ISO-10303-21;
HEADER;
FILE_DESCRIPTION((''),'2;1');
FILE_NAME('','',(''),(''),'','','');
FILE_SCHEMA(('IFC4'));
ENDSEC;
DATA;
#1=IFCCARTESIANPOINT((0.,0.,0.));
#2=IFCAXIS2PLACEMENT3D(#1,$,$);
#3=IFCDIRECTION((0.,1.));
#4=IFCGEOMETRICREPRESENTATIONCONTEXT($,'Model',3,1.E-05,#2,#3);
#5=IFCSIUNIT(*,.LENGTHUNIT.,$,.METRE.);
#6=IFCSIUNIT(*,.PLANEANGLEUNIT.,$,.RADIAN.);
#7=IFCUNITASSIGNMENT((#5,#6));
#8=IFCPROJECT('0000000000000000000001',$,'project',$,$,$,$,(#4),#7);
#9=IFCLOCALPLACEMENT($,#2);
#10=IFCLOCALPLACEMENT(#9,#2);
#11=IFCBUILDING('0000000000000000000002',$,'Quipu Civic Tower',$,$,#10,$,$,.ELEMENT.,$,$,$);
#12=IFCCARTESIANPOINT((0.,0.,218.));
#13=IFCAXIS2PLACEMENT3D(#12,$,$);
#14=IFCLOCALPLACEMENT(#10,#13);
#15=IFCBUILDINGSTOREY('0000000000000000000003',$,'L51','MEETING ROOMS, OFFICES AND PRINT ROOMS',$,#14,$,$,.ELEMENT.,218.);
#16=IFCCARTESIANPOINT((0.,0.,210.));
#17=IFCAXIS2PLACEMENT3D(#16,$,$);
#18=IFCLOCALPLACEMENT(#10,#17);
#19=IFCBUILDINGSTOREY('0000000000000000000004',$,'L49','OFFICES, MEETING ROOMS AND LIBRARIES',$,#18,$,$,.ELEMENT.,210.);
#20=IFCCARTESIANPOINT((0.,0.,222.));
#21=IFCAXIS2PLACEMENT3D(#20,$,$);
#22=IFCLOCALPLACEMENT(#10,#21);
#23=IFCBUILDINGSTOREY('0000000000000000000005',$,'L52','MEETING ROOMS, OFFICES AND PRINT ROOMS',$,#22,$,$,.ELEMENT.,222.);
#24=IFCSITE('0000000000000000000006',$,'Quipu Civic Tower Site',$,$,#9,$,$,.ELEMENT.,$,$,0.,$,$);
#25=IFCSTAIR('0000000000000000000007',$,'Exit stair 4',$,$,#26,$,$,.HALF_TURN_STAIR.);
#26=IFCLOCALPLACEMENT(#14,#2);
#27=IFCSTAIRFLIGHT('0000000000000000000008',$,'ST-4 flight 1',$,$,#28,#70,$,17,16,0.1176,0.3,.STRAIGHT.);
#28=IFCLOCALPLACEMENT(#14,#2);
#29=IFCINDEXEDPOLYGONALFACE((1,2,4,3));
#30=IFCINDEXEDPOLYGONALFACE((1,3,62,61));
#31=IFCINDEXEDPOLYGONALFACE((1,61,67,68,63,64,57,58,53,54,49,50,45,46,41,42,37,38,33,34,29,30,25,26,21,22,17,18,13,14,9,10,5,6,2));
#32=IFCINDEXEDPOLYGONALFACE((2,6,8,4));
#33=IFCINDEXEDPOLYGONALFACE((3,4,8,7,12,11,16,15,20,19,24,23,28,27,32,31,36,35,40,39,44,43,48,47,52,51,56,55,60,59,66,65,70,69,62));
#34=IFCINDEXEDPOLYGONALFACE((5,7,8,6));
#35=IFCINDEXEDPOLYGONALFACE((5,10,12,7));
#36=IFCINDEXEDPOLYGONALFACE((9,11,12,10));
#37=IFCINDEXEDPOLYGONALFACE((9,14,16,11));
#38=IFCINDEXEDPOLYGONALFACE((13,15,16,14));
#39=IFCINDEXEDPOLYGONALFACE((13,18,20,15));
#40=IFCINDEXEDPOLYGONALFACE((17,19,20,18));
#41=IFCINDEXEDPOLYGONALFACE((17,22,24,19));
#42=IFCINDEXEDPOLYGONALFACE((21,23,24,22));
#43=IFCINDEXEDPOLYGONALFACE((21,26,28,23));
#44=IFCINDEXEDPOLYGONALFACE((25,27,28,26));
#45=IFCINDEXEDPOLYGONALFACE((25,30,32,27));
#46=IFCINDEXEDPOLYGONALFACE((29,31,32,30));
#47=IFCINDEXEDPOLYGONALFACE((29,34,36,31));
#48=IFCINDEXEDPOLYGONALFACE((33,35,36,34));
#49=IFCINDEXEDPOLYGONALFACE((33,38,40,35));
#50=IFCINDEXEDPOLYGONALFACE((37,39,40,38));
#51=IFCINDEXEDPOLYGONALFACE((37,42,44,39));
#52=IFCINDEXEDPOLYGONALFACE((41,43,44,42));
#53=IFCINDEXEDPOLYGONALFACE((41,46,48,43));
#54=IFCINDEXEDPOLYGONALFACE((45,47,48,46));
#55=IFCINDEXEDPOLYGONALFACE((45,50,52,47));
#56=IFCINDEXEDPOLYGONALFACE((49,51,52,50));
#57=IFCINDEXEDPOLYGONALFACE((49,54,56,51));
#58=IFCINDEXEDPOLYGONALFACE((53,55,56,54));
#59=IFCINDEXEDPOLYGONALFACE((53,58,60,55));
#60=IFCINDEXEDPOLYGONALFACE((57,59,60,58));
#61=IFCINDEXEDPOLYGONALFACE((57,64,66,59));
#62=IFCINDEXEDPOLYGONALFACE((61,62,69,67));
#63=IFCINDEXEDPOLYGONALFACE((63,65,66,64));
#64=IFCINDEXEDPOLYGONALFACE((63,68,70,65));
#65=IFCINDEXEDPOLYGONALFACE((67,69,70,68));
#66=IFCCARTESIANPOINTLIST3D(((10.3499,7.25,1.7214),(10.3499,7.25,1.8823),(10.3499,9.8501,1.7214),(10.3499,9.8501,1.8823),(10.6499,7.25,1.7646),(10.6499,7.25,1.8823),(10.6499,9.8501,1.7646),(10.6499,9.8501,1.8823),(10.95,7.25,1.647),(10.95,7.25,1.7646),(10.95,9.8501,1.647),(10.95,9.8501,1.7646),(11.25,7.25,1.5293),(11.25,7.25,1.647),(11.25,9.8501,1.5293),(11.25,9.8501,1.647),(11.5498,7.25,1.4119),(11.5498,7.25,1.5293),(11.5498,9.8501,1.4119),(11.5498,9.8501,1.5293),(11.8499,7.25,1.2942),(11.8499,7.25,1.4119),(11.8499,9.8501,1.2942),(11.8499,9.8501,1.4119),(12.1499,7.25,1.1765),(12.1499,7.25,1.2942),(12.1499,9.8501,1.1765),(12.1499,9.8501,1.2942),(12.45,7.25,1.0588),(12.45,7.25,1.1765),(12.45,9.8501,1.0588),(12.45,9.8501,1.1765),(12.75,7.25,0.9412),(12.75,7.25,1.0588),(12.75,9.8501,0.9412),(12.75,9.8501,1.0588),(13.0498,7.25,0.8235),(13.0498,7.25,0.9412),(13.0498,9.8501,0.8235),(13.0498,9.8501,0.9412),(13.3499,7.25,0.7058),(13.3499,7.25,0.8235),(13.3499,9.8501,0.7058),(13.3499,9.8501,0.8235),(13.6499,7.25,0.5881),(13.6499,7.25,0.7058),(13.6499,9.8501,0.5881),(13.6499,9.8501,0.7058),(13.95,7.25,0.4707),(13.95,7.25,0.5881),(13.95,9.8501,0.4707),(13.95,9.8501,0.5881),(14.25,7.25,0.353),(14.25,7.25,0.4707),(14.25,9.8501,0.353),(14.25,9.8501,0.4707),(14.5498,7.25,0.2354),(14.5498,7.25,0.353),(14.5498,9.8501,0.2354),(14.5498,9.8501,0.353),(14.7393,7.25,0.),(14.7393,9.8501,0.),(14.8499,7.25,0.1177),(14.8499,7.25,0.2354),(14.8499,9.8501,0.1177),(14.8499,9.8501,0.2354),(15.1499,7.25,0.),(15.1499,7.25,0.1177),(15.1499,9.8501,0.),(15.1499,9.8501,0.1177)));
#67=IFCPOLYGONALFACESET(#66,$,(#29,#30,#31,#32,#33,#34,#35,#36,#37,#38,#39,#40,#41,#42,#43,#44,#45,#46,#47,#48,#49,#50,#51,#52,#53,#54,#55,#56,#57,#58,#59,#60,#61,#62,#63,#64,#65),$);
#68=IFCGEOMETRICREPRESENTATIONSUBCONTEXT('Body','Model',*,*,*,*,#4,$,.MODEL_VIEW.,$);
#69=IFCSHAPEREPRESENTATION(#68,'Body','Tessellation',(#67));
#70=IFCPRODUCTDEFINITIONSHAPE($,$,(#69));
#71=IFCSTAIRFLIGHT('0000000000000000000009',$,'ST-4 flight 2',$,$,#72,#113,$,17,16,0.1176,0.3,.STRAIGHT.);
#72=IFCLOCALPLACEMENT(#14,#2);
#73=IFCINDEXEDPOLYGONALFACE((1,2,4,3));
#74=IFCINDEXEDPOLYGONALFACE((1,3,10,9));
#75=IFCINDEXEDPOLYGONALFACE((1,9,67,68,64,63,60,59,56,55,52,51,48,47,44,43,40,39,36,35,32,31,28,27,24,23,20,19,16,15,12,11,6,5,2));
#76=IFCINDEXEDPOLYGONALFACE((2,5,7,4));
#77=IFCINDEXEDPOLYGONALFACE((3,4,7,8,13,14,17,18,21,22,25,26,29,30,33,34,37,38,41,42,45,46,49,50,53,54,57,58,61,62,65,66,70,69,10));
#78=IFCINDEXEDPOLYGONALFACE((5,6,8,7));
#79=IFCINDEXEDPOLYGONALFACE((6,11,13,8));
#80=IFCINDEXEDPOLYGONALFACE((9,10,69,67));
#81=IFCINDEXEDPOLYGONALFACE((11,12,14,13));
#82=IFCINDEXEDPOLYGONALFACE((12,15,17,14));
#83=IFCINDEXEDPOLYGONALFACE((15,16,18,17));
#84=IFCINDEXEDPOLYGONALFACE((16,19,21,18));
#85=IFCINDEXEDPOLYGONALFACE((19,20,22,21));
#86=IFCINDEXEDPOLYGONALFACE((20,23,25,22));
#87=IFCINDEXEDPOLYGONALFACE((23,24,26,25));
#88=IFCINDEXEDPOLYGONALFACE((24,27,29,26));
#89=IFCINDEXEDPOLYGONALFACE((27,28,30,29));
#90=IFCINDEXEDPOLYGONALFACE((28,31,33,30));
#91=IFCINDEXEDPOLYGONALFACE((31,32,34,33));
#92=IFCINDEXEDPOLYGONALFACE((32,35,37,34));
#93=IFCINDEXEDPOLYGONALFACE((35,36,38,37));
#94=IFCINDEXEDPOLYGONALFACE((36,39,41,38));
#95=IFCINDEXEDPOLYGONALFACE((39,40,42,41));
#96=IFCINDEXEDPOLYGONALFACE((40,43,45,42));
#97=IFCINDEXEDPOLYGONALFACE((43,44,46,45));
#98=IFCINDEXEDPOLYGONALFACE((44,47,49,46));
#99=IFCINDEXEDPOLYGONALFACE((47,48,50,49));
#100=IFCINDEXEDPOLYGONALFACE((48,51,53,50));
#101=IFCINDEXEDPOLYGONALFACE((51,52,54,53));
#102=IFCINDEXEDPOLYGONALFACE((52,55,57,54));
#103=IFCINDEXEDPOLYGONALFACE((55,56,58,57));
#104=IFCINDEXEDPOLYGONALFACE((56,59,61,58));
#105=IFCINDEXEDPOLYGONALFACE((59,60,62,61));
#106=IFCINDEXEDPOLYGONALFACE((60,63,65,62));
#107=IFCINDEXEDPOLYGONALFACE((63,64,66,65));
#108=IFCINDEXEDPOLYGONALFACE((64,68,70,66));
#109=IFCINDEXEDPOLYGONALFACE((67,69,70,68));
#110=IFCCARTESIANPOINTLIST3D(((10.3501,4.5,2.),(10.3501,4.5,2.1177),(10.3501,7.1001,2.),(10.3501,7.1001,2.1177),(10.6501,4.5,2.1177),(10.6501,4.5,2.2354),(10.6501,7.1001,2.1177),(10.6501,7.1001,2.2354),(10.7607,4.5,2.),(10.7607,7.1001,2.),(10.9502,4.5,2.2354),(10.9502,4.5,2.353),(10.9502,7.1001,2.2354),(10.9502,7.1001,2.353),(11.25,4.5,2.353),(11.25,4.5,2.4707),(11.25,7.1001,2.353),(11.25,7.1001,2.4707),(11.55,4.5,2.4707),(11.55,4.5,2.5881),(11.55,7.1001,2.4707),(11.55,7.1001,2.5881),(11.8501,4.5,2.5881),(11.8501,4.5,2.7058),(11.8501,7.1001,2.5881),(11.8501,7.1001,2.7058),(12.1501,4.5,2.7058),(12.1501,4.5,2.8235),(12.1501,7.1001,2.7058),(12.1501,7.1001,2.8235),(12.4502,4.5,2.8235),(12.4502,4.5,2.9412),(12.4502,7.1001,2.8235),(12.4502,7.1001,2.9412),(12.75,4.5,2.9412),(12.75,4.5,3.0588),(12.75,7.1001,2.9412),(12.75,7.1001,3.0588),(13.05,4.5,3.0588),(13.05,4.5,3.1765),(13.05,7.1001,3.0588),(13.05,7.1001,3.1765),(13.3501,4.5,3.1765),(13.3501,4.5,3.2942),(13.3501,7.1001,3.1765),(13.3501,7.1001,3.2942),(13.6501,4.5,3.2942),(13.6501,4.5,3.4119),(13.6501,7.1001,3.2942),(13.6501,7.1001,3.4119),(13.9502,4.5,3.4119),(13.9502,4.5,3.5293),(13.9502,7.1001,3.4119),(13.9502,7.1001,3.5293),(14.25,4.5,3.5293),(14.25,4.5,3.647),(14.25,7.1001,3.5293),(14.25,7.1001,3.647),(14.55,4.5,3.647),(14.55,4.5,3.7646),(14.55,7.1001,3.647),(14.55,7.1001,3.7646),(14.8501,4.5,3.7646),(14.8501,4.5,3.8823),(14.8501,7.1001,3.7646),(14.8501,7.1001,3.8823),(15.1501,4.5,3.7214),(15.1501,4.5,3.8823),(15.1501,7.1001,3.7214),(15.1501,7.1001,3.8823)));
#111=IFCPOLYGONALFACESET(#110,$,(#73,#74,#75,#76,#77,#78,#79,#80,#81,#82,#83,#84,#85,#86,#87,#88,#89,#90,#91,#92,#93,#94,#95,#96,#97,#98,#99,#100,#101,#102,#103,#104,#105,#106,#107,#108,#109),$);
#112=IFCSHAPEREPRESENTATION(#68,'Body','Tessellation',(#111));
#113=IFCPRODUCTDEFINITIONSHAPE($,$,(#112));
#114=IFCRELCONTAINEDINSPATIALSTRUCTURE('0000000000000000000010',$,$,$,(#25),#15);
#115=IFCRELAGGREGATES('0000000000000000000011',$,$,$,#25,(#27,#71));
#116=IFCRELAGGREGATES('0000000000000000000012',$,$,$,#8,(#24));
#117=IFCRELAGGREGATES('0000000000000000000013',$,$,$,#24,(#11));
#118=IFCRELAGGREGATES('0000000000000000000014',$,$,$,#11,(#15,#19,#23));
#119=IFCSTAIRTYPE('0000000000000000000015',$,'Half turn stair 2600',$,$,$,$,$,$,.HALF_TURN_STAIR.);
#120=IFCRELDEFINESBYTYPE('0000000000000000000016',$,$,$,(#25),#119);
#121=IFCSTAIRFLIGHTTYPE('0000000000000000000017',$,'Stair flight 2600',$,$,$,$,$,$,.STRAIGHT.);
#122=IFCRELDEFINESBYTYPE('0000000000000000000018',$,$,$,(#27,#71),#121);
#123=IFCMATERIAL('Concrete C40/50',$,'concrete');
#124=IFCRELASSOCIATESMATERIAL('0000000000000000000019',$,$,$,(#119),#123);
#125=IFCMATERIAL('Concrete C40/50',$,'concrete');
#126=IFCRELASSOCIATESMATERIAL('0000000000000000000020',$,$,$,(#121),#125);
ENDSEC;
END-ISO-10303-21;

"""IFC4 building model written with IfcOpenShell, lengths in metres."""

from ifc_helpers import new_model, si_unit, direction, frame, origin, place, context, subcontext, project, spatial, polyline, outline, extrude, material, type_object, element, aggregate, save


model = new_model("IFC4")

# Units and contexts
model_context = context("Model", 3, precision=1e-05, world=origin(), true_north=direction((0.0, 1.0)))
body_context = subcontext(model_context, "Body", "Model", "MODEL_VIEW")
ifc_project = project(units=[si_unit("LENGTHUNIT", "METRE"), si_unit("PLANEANGLEUNIT", "RADIAN")], contexts=[model_context])

# Site, building, storey
site_placement = place(None, origin())
site = spatial("IfcSite", under=ifc_project, at=site_placement, Name="Quipu Civic Tower Site", CompositionType="ELEMENT", RefElevation=0.0)
building_placement = place(site_placement, origin())
building = spatial("IfcBuilding", under=site, at=building_placement, Name="Quipu Civic Tower", CompositionType="ELEMENT")
storey_1_placement = place(building_placement, frame((0.0, 0.0, 218.0)))
storey_1 = spatial("IfcBuildingStorey", under=building, at=storey_1_placement, Name="L51", Description="MEETING ROOMS, OFFICES AND PRINT ROOMS", CompositionType="ELEMENT", Elevation=218.0)

# Shared definitions
storey_2_placement = place(building_placement, frame((0.0, 0.0, 210.0)))
storey_2 = spatial("IfcBuildingStorey", under=building, at=storey_2_placement, Name="L49", Description="OFFICES, MEETING ROOMS AND LIBRARIES", CompositionType="ELEMENT", Elevation=210.0)

# Shared definitions
storey_3_placement = place(building_placement, frame((0.0, 0.0, 222.0)))
storey_3 = spatial("IfcBuildingStorey", under=building, at=storey_3_placement, Name="L52", Description="MEETING ROOMS, OFFICES AND PRINT ROOMS", CompositionType="ELEMENT", Elevation=222.0)

# Stair, stair flights
ifc_material_1 = material(Name="Concrete C40/50", Category="concrete")
stair_type = type_object("IfcStairType", Name="Half turn stair 2600", PredefinedType="HALF_TURN_STAIR", material=ifc_material_1)
stair_placement = place(storey_1_placement, origin())
stair = element("IfcStair", 1, at=stair_placement, inside=storey_1, type_object=stair_type, Name="Exit stair 4", PredefinedType="HALF_TURN_STAIR")
ifc_material_2 = material(Name="Concrete C40/50", Category="concrete")
stair_flight_type = type_object("IfcStairFlightType", Name="Stair flight 2600", PredefinedType="STRAIGHT", material=ifc_material_2)
stair_flight_1_placement = place(storey_1_placement, frame((15.1499, 8.55, 0.0), z_axis=(0.0, 0.0, 1.0), x_axis=(-1.0, 0.0, 0.0)))
stair_flight_1 = element("IfcStairFlight", 2, at=stair_flight_1_placement, type_object=stair_flight_type, Name="ST-4 flight 1", NumberOfRisers=17, NumberOfTreads=16, PredefinedType="STRAIGHT", RiserHeight=0.1176, TreadLength=0.3, context=body_context, shape_type="SweptSolid", body=[
    extrude(outline(polyline([(0.0, 0.0), (0.0, 0.1177), (0.3, 0.1177), (0.3, 0.2354), (0.6001, 0.2354), (0.6001, 0.353), (0.8999, 0.353), (0.8999, 0.4707), (1.2, 0.4707), (1.2, 0.5881), (1.5, 0.5881), (1.5, 0.7058), (1.8, 0.7058), (1.8, 0.8235), (2.1001, 0.8235), (2.1001, 0.9412), (2.3999, 0.9412), (2.3999, 1.0588), (2.7, 1.0588), (2.7, 1.1765), (3.0, 1.1765), (3.0, 1.2942), (3.3, 1.2942), (3.3, 1.4119), (3.6001, 1.4119), (3.6001, 1.5293), (3.8999, 1.5293), (3.8999, 1.647), (4.2, 1.647), (4.2, 1.7646), (4.5, 1.7646), (4.5, 1.8823), (4.8, 1.8823), (4.8, 2.0), (4.8, 1.7214), (0.4106, 0.0), (0.0, 0.0)])), frame((0.0, 1.3, 0.0), z_axis=(0.0, -1.0, 0.0), x_axis=(1.0, 0.0, 0.0)), (0.0, 0.0, 1.0), 2.6001),
])
stair_flight_2_placement = place(storey_1_placement, frame((10.3501, 5.8, 2.0), z_axis=(0.0, 0.0, 1.0), x_axis=(1.0, 0.0, 0.0)))
stair_flight_2 = element("IfcStairFlight", 3, at=stair_flight_2_placement, type_object=stair_flight_type, Name="ST-4 flight 2", NumberOfRisers=17, NumberOfTreads=16, PredefinedType="STRAIGHT", RiserHeight=0.1176, TreadLength=0.3, context=body_context, shape_type="SweptSolid", body=[
    extrude(outline(polyline([(0.0, 0.0), (0.0, 0.1177), (0.3, 0.1177), (0.3, 0.2354), (0.6001, 0.2354), (0.6001, 0.353), (0.8999, 0.353), (0.8999, 0.4707), (1.2, 0.4707), (1.2, 0.5881), (1.5, 0.5881), (1.5, 0.7058), (1.8, 0.7058), (1.8, 0.8235), (2.1001, 0.8235), (2.1001, 0.9412), (2.3999, 0.9412), (2.3999, 1.0588), (2.7, 1.0588), (2.7, 1.1765), (3.0, 1.1765), (3.0, 1.2942), (3.3, 1.2942), (3.3, 1.4119), (3.6001, 1.4119), (3.6001, 1.5293), (3.8999, 1.5293), (3.8999, 1.647), (4.2, 1.647), (4.2, 1.7646), (4.5, 1.7646), (4.5, 1.8823), (4.8, 1.8823), (4.8, 2.0), (4.8, 1.7214), (0.4106, 0.0), (0.0, 0.0)])), frame((0.0, 1.3, 0.0), z_axis=(0.0, -1.0, 0.0), x_axis=(1.0, 0.0, 0.0)), (0.0, 0.0, 1.0), 2.6001),
])
aggregate(stair, [stair_flight_1, stair_flight_2])

save(model, "model.ifc")
